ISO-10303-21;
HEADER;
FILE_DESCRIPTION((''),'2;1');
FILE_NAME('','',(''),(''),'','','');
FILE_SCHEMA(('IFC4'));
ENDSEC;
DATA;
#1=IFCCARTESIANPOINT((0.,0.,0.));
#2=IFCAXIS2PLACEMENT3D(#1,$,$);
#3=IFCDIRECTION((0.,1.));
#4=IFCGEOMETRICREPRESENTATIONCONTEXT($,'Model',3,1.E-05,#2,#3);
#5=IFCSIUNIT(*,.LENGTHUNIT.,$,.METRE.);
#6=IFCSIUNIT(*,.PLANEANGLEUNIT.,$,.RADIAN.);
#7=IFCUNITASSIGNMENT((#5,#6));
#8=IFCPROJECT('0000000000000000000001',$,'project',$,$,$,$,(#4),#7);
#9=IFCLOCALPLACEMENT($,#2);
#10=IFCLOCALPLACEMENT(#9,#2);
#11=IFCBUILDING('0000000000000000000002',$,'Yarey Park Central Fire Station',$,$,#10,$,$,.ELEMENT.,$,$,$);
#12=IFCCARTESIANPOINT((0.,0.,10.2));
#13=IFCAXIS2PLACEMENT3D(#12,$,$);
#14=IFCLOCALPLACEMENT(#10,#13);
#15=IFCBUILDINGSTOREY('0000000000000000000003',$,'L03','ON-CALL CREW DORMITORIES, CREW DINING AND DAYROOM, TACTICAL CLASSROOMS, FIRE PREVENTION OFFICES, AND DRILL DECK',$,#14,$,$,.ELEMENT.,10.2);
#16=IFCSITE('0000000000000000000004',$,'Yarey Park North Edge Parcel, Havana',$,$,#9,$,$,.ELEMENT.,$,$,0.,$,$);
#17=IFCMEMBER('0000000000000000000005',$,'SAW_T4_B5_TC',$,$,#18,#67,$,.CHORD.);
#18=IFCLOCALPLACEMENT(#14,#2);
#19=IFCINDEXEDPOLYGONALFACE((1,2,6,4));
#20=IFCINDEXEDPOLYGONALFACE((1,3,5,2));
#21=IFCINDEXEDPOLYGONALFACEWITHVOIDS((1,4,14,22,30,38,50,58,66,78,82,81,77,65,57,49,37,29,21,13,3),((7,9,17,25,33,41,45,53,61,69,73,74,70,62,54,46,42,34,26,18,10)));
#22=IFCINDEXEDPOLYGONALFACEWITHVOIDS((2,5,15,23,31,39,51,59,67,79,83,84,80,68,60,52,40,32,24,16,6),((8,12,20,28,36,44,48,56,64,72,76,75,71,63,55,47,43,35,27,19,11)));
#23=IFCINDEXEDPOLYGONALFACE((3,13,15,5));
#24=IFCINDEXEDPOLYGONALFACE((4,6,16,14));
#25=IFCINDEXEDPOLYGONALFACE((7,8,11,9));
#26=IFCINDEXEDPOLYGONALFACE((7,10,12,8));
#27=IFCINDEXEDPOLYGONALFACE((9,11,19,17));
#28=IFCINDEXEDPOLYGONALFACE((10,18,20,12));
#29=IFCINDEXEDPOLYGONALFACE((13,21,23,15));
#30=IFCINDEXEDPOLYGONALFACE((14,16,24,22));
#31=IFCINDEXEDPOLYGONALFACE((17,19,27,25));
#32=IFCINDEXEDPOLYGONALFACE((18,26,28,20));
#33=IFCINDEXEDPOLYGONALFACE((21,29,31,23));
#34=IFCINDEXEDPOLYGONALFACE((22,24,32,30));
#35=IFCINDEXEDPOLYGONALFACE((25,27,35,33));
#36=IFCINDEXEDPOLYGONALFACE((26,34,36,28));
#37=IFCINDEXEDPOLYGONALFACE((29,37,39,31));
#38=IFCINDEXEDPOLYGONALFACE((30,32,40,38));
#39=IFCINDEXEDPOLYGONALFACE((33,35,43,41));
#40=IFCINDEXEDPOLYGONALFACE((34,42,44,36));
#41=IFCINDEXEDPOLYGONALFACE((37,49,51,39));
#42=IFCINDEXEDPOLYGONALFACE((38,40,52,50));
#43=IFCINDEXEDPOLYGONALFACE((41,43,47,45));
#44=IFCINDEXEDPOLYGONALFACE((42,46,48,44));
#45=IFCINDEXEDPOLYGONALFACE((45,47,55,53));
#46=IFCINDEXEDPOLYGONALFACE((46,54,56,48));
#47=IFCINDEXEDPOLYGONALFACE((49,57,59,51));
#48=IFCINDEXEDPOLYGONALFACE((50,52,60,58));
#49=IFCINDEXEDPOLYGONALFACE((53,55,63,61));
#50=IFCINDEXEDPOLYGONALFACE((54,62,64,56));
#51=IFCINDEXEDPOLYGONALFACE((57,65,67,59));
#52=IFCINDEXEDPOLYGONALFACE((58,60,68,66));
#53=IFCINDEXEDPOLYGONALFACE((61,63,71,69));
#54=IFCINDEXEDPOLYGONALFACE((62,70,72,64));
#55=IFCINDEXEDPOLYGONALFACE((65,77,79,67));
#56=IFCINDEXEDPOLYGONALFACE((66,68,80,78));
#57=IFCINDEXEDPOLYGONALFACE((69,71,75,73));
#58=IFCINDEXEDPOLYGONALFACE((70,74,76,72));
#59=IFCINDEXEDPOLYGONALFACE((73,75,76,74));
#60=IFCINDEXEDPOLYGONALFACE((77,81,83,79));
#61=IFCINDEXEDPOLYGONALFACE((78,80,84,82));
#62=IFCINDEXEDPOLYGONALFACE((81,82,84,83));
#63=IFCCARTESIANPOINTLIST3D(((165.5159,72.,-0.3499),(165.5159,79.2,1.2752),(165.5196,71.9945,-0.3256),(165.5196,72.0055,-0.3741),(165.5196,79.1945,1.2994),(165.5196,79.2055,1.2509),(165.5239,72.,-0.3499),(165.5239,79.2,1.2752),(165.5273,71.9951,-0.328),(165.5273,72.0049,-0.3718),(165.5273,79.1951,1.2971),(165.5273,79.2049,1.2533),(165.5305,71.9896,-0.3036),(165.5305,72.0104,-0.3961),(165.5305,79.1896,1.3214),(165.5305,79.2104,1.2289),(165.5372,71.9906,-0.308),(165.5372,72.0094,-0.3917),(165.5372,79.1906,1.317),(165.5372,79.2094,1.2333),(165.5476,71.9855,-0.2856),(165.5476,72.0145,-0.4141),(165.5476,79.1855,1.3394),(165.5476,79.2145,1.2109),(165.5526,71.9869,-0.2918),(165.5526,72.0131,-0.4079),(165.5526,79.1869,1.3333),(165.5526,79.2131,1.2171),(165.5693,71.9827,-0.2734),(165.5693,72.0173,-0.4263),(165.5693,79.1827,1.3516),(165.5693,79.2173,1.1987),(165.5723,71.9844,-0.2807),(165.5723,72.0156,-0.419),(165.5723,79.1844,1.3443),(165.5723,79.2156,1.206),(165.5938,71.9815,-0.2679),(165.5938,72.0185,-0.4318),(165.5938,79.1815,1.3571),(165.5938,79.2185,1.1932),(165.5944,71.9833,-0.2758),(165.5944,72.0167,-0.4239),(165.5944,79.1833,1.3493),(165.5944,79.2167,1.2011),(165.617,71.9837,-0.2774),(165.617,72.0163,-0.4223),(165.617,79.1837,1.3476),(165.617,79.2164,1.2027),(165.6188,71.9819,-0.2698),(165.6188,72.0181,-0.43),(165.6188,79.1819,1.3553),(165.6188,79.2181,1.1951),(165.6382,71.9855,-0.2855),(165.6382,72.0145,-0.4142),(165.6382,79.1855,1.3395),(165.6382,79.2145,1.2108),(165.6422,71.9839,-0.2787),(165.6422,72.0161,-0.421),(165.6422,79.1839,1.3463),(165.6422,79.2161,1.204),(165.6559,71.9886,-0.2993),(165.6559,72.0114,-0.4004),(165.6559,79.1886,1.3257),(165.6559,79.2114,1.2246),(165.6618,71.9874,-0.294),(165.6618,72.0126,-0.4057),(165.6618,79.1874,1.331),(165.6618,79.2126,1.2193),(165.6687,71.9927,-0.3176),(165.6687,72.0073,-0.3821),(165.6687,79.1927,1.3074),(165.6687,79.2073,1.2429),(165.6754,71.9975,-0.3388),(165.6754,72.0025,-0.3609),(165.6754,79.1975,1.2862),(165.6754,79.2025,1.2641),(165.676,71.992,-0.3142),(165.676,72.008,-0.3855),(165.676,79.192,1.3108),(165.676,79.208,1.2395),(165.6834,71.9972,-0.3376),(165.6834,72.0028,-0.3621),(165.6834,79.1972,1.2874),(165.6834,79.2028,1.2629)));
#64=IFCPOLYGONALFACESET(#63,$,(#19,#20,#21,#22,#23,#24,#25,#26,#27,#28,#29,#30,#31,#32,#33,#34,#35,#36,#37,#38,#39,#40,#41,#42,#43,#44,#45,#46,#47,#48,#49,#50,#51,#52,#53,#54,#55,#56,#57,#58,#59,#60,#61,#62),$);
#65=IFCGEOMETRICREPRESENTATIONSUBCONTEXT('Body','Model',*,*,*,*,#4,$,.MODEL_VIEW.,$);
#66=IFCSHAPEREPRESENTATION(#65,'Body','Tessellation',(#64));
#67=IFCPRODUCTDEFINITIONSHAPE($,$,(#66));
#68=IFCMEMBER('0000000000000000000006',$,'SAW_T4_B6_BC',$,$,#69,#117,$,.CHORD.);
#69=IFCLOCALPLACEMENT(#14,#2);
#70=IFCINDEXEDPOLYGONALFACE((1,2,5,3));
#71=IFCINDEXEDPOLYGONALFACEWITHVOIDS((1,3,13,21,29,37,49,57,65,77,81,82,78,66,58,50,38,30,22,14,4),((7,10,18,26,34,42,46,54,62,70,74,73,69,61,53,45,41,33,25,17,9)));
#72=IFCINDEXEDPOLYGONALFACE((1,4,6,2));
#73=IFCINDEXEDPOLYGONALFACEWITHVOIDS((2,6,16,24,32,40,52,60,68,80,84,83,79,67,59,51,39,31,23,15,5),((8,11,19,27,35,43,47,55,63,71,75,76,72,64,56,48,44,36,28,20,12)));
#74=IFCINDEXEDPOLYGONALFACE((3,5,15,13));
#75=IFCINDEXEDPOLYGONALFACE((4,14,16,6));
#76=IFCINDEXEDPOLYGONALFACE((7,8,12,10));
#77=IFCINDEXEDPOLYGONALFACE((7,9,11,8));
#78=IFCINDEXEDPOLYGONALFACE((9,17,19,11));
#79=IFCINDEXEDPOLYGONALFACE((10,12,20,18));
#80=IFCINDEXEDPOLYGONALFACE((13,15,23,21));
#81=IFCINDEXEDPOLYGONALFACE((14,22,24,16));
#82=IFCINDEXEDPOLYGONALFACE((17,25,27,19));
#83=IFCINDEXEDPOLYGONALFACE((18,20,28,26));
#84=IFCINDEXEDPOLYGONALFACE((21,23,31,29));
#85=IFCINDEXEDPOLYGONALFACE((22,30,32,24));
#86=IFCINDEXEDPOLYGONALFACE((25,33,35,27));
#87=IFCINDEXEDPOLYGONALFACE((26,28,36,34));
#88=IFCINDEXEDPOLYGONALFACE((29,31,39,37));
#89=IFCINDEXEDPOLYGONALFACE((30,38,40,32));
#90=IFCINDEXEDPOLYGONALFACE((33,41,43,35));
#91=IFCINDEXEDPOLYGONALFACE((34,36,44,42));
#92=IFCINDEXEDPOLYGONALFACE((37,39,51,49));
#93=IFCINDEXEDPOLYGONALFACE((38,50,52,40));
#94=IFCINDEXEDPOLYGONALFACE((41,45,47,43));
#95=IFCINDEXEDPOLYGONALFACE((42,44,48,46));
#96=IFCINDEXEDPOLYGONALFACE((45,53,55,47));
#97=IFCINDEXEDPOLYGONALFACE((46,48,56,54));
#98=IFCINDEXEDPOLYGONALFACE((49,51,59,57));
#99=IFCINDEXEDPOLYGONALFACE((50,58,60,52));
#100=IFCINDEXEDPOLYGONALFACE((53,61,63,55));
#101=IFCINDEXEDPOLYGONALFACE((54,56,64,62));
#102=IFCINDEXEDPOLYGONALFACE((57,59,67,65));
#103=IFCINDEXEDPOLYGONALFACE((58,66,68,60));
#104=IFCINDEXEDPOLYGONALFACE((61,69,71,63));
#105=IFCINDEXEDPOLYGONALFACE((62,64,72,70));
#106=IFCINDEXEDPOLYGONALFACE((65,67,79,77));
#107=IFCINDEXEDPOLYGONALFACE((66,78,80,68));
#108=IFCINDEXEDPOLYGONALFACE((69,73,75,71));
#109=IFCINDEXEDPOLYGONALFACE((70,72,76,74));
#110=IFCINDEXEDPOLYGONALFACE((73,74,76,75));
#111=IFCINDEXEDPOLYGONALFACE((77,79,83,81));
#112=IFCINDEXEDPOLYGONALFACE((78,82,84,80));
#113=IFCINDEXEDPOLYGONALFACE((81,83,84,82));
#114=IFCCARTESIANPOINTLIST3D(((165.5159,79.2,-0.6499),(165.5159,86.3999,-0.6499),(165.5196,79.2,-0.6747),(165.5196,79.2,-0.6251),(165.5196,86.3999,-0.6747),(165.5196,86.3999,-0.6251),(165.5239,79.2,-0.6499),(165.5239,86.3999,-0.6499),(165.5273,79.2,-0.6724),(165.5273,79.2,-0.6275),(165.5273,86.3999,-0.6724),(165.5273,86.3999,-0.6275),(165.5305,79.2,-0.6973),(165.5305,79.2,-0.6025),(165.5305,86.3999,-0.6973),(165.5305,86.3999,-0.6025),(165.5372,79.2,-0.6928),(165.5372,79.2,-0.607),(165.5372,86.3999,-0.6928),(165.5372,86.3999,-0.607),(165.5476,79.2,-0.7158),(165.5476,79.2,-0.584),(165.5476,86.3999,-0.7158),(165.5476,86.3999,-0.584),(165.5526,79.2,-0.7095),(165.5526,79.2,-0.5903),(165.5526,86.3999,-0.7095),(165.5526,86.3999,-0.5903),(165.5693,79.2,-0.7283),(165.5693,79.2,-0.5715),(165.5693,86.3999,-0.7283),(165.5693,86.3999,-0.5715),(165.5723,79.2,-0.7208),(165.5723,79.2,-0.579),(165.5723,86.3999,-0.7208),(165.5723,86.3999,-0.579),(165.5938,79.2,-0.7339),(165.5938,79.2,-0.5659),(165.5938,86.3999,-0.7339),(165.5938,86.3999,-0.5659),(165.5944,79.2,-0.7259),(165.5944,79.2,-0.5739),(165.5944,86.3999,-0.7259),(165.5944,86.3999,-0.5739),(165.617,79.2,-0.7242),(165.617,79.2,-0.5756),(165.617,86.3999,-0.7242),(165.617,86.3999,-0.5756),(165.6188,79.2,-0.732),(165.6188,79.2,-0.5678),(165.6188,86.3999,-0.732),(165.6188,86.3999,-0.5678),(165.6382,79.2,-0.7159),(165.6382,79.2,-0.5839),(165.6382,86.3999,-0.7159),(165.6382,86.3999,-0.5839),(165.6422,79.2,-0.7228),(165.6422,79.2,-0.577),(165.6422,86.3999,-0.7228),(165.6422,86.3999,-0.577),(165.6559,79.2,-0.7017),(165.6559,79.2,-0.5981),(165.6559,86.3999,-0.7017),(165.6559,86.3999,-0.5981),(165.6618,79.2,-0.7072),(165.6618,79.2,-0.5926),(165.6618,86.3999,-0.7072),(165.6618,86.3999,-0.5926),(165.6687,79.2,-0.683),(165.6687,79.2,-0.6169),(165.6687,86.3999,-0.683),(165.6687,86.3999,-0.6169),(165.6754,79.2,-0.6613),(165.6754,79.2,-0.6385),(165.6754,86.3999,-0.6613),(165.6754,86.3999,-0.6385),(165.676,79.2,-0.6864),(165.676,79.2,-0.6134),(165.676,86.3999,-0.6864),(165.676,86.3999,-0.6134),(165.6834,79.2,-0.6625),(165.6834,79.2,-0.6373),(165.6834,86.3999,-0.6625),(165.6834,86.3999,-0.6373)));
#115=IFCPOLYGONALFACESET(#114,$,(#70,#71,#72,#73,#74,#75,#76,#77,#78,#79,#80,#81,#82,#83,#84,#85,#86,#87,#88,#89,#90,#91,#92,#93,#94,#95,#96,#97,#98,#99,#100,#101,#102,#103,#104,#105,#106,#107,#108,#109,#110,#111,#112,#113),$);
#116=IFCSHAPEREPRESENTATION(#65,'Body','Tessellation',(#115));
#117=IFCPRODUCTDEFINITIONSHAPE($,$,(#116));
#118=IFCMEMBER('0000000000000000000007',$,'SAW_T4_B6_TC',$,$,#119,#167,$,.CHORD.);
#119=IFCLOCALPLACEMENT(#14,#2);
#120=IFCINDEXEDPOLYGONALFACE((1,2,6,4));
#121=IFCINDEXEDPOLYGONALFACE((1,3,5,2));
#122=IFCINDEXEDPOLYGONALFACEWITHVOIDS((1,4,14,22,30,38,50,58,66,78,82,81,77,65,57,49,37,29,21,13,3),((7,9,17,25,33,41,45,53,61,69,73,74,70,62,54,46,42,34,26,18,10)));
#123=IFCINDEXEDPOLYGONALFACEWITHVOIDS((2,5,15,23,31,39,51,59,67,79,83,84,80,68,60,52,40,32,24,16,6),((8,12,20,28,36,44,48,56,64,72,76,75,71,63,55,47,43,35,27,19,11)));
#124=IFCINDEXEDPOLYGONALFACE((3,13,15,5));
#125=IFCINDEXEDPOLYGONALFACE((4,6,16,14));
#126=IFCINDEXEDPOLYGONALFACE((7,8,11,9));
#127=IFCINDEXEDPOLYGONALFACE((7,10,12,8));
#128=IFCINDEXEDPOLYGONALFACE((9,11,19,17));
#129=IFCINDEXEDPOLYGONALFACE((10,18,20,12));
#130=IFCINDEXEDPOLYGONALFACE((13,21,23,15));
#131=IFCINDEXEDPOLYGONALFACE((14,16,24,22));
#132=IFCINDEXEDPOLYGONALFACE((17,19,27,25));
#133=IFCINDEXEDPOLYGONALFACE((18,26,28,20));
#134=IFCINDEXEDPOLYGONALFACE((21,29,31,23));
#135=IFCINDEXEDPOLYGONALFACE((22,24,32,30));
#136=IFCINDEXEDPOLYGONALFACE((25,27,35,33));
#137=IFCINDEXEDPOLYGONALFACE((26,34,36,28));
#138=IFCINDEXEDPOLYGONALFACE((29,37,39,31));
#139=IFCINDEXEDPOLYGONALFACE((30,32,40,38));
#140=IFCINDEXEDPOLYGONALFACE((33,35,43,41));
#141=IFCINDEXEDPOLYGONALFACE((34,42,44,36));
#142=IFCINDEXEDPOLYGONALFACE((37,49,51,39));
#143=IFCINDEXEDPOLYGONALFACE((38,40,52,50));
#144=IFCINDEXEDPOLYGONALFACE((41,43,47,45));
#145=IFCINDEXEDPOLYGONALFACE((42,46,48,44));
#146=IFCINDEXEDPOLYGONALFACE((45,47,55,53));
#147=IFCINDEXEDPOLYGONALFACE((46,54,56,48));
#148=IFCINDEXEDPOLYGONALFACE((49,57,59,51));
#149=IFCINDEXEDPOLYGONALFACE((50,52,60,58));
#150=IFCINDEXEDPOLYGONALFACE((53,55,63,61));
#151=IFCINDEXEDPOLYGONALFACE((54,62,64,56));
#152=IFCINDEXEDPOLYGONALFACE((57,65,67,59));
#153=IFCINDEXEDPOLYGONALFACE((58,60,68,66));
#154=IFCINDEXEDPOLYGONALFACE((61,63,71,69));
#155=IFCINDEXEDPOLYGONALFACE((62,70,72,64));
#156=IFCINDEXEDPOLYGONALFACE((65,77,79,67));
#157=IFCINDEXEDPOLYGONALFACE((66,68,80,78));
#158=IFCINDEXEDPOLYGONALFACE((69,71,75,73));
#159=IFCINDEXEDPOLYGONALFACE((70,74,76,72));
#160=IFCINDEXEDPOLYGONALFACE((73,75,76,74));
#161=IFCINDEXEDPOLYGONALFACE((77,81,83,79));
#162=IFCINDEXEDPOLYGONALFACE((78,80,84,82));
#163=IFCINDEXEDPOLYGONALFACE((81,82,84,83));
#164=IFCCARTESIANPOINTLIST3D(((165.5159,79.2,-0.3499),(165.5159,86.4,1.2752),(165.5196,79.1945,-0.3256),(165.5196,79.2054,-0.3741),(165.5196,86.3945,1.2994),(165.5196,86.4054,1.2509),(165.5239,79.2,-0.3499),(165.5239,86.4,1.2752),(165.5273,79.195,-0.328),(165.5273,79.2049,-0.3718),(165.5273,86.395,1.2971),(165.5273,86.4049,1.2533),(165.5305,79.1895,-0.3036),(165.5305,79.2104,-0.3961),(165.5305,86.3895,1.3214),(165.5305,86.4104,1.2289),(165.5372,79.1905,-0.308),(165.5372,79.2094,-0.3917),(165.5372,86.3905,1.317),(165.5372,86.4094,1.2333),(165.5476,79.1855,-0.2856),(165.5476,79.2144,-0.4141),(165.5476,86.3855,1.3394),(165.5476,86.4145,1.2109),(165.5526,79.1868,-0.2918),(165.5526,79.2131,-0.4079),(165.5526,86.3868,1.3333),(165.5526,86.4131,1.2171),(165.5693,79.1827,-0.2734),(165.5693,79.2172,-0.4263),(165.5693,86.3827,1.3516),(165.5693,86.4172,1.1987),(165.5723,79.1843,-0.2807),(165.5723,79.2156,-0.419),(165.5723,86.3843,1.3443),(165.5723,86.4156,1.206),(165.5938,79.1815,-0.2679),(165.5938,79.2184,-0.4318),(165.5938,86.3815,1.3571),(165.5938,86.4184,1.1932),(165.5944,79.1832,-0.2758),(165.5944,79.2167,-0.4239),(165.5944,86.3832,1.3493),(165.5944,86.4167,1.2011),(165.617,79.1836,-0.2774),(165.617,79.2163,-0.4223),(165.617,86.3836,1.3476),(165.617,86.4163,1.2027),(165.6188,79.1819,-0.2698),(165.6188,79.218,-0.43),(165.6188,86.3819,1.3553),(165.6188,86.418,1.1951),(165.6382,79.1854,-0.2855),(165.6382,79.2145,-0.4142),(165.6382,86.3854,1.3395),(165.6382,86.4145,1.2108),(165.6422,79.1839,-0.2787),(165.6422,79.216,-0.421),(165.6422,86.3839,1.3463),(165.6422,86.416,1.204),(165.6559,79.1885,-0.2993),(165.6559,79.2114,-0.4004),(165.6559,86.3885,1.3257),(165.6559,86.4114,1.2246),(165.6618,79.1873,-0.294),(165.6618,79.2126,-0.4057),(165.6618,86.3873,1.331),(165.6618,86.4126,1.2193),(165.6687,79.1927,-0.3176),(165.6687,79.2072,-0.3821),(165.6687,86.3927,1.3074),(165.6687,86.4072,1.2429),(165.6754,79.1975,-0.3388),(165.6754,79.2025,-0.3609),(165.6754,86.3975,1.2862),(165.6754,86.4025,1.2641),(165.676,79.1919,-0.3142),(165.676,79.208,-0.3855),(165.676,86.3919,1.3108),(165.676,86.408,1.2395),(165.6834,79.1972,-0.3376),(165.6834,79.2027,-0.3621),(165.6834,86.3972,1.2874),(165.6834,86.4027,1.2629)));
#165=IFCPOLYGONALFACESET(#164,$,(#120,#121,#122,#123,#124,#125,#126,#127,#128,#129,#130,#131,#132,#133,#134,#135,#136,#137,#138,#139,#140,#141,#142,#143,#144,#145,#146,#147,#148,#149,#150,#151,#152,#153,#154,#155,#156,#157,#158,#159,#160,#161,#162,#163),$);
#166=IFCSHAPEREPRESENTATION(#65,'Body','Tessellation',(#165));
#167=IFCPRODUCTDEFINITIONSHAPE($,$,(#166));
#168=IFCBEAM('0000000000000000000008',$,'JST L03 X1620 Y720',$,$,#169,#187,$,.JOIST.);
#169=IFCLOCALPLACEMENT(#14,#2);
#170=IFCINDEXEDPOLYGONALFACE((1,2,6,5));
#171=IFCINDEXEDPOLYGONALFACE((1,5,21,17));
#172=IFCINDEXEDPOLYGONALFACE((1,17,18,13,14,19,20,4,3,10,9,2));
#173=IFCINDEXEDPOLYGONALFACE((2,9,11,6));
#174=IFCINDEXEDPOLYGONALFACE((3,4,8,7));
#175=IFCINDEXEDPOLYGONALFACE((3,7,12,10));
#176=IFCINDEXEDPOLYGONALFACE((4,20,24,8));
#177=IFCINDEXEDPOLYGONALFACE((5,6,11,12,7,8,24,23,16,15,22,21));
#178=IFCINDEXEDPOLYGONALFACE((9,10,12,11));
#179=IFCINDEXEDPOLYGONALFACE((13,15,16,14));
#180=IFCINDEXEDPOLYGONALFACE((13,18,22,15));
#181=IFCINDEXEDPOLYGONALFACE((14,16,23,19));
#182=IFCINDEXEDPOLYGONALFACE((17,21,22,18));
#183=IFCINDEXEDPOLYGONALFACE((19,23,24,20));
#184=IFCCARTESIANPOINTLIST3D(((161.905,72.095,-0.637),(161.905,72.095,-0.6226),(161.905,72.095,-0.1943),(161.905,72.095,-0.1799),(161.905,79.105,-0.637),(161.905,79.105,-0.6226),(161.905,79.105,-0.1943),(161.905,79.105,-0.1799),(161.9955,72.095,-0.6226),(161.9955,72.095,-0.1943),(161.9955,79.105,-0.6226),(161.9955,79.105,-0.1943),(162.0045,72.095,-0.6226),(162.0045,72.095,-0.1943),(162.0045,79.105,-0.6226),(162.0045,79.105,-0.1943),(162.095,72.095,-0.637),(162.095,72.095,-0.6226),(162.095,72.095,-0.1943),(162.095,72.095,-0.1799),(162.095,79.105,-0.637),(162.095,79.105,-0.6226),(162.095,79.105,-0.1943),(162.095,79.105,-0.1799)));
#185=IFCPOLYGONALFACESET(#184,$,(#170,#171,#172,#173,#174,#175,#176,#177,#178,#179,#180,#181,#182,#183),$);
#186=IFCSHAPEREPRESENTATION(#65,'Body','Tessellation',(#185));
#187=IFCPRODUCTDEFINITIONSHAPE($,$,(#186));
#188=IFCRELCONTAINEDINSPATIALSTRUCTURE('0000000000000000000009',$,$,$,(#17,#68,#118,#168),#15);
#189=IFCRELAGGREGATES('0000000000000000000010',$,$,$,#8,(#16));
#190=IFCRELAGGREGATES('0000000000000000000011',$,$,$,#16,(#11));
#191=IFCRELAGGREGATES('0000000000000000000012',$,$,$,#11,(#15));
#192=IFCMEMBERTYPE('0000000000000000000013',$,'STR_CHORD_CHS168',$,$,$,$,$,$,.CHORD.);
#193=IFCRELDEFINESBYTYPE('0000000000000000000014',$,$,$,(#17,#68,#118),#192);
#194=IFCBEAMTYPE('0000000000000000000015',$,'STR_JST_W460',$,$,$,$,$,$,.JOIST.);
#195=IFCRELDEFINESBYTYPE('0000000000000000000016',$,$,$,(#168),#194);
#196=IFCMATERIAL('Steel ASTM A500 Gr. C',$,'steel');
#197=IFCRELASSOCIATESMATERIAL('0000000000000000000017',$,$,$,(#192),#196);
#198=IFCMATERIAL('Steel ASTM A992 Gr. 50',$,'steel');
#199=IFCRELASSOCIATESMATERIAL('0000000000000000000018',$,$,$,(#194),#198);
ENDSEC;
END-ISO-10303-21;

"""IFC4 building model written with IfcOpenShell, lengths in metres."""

from ifc_helpers import new_model, si_unit, direction, frame, origin, origin_2d, place, context, subcontext, project, spatial, hollow_circle, i_section, extrude, material, material_profile, profile_set, type_object, element, save


model = new_model("IFC4")

# Units and contexts
model_context = context("Model", 3, precision=1e-05, world=origin(), true_north=direction((0.0, 1.0)))
body_context = subcontext(model_context, "Body", "Model", "MODEL_VIEW")
ifc_project = project(units=[si_unit("LENGTHUNIT", "METRE"), si_unit("PLANEANGLEUNIT", "RADIAN")], contexts=[model_context])

# Site, building, storey
site_placement = place(None, origin())
site = spatial("IfcSite", under=ifc_project, at=site_placement, Name="Yarey Park North Edge Parcel, Havana", CompositionType="ELEMENT", RefElevation=0.0)
building_placement = place(site_placement, origin())
building = spatial("IfcBuilding", under=site, at=building_placement, Name="Yarey Park Central Fire Station", CompositionType="ELEMENT")
storey_placement = place(building_placement, frame((0.0, 0.0, 10.2)))
storey = spatial("IfcBuildingStorey", under=building, at=storey_placement, Name="L03", Description="ON-CALL CREW DORMITORIES, CREW DINING AND DAYROOM, TACTICAL CLASSROOMS, FIRE PREVENTION OFFICES, AND DRILL DECK", CompositionType="ELEMENT", Elevation=10.2)

# Shared definitions
ifc_material_1 = material(Name="Steel ASTM A992 Gr. 50", Category="steel")

# Members
ifc_material_2 = material(Name="Steel ASTM A500 Gr. C", Category="steel")
ifc_material_profile_1 = material_profile(ifc_material_2, hollow_circle(Radius=0.0842, WallThickness=0.0081, at=origin_2d()), Name="CHS 168.3x8")
ifc_profile_set_1 = profile_set([ifc_material_profile_1], Name="Steel ASTM A500 Gr. C")
member_type_1 = type_object("IfcMemberType", Name="STR_CHORD_CHS168", PredefinedType="CHORD", material=ifc_profile_set_1)
member_1_placement = place(storey_placement, frame((165.6001, 72.0, -0.3499), z_axis=(0.0, 0.975464, 0.220158), x_axis=(-1.0, 0.0, 0.0)))
element("IfcMember", 1, at=member_1_placement, inside=storey, type_object=member_type_1, Name="SAW_T4_B5_TC", PredefinedType="CHORD", context=body_context, shape_type="SweptSolid", body=[
    extrude(hollow_circle(Radius=0.0842, WallThickness=0.0081, at=origin_2d()), origin(), (0.0, 0.0, 1.0), 7.3811),
])
member_2_placement = place(storey_placement, frame((165.6001, 79.2, -0.6499), z_axis=(0.0, 1.0, 0.0), x_axis=(-1.0, 0.0, 0.0)))
element("IfcMember", 2, at=member_2_placement, inside=storey, type_object=member_type_1, Name="SAW_T4_B6_BC", PredefinedType="CHORD", context=body_context, shape_type="SweptSolid", body=[
    extrude(hollow_circle(Radius=0.0842, WallThickness=0.0081, at=origin_2d()), origin(), (0.0, 0.0, 1.0), 7.2),
])
member_3_placement = place(storey_placement, frame((165.6001, 79.2, -0.3499), z_axis=(0.0, 0.975464, 0.220158), x_axis=(-1.0, 0.0, 0.0)))
element("IfcMember", 3, at=member_3_placement, inside=storey, type_object=member_type_1, Name="SAW_T4_B6_TC", PredefinedType="CHORD", context=body_context, shape_type="SweptSolid", body=[
    extrude(hollow_circle(Radius=0.0842, WallThickness=0.0081, at=origin_2d()), origin(), (0.0, 0.0, 1.0), 7.3811),
])

# Beam
ifc_material_profile_2 = material_profile(ifc_material_1, i_section(OverallWidth=0.1899, OverallDepth=0.457, WebThickness=0.009, FlangeThickness=0.0144, at=origin_2d()), Name="W460x74")
ifc_profile_set_2 = profile_set([ifc_material_profile_2], Name="Steel ASTM A992 Gr. 50")
beam_type_1 = type_object("IfcBeamType", Name="STR_JST_W460", PredefinedType="JOIST", material=ifc_profile_set_2)
for number, where, z_axis, x_axis, name in (
    (4, (162.0, 72.095, -0.4084), (0.0, 1.0, 0.0), (-1.0, 0.0, 0.0), "JST L03 X1620 Y720"),
):
    element("IfcBeam", number, at=place(storey_placement, frame(where, z_axis=z_axis, x_axis=x_axis)), inside=storey, type_object=beam_type_1, Name=name, PredefinedType="JOIST", context=body_context, shape_type="SweptSolid", body=[
        extrude(i_section(OverallWidth=0.1899, OverallDepth=0.457, WebThickness=0.009, FlangeThickness=0.0144, at=origin_2d()), origin(), (0.0, 0.0, 1.0), 7.01),
    ])

save(model, "model.ifc")
